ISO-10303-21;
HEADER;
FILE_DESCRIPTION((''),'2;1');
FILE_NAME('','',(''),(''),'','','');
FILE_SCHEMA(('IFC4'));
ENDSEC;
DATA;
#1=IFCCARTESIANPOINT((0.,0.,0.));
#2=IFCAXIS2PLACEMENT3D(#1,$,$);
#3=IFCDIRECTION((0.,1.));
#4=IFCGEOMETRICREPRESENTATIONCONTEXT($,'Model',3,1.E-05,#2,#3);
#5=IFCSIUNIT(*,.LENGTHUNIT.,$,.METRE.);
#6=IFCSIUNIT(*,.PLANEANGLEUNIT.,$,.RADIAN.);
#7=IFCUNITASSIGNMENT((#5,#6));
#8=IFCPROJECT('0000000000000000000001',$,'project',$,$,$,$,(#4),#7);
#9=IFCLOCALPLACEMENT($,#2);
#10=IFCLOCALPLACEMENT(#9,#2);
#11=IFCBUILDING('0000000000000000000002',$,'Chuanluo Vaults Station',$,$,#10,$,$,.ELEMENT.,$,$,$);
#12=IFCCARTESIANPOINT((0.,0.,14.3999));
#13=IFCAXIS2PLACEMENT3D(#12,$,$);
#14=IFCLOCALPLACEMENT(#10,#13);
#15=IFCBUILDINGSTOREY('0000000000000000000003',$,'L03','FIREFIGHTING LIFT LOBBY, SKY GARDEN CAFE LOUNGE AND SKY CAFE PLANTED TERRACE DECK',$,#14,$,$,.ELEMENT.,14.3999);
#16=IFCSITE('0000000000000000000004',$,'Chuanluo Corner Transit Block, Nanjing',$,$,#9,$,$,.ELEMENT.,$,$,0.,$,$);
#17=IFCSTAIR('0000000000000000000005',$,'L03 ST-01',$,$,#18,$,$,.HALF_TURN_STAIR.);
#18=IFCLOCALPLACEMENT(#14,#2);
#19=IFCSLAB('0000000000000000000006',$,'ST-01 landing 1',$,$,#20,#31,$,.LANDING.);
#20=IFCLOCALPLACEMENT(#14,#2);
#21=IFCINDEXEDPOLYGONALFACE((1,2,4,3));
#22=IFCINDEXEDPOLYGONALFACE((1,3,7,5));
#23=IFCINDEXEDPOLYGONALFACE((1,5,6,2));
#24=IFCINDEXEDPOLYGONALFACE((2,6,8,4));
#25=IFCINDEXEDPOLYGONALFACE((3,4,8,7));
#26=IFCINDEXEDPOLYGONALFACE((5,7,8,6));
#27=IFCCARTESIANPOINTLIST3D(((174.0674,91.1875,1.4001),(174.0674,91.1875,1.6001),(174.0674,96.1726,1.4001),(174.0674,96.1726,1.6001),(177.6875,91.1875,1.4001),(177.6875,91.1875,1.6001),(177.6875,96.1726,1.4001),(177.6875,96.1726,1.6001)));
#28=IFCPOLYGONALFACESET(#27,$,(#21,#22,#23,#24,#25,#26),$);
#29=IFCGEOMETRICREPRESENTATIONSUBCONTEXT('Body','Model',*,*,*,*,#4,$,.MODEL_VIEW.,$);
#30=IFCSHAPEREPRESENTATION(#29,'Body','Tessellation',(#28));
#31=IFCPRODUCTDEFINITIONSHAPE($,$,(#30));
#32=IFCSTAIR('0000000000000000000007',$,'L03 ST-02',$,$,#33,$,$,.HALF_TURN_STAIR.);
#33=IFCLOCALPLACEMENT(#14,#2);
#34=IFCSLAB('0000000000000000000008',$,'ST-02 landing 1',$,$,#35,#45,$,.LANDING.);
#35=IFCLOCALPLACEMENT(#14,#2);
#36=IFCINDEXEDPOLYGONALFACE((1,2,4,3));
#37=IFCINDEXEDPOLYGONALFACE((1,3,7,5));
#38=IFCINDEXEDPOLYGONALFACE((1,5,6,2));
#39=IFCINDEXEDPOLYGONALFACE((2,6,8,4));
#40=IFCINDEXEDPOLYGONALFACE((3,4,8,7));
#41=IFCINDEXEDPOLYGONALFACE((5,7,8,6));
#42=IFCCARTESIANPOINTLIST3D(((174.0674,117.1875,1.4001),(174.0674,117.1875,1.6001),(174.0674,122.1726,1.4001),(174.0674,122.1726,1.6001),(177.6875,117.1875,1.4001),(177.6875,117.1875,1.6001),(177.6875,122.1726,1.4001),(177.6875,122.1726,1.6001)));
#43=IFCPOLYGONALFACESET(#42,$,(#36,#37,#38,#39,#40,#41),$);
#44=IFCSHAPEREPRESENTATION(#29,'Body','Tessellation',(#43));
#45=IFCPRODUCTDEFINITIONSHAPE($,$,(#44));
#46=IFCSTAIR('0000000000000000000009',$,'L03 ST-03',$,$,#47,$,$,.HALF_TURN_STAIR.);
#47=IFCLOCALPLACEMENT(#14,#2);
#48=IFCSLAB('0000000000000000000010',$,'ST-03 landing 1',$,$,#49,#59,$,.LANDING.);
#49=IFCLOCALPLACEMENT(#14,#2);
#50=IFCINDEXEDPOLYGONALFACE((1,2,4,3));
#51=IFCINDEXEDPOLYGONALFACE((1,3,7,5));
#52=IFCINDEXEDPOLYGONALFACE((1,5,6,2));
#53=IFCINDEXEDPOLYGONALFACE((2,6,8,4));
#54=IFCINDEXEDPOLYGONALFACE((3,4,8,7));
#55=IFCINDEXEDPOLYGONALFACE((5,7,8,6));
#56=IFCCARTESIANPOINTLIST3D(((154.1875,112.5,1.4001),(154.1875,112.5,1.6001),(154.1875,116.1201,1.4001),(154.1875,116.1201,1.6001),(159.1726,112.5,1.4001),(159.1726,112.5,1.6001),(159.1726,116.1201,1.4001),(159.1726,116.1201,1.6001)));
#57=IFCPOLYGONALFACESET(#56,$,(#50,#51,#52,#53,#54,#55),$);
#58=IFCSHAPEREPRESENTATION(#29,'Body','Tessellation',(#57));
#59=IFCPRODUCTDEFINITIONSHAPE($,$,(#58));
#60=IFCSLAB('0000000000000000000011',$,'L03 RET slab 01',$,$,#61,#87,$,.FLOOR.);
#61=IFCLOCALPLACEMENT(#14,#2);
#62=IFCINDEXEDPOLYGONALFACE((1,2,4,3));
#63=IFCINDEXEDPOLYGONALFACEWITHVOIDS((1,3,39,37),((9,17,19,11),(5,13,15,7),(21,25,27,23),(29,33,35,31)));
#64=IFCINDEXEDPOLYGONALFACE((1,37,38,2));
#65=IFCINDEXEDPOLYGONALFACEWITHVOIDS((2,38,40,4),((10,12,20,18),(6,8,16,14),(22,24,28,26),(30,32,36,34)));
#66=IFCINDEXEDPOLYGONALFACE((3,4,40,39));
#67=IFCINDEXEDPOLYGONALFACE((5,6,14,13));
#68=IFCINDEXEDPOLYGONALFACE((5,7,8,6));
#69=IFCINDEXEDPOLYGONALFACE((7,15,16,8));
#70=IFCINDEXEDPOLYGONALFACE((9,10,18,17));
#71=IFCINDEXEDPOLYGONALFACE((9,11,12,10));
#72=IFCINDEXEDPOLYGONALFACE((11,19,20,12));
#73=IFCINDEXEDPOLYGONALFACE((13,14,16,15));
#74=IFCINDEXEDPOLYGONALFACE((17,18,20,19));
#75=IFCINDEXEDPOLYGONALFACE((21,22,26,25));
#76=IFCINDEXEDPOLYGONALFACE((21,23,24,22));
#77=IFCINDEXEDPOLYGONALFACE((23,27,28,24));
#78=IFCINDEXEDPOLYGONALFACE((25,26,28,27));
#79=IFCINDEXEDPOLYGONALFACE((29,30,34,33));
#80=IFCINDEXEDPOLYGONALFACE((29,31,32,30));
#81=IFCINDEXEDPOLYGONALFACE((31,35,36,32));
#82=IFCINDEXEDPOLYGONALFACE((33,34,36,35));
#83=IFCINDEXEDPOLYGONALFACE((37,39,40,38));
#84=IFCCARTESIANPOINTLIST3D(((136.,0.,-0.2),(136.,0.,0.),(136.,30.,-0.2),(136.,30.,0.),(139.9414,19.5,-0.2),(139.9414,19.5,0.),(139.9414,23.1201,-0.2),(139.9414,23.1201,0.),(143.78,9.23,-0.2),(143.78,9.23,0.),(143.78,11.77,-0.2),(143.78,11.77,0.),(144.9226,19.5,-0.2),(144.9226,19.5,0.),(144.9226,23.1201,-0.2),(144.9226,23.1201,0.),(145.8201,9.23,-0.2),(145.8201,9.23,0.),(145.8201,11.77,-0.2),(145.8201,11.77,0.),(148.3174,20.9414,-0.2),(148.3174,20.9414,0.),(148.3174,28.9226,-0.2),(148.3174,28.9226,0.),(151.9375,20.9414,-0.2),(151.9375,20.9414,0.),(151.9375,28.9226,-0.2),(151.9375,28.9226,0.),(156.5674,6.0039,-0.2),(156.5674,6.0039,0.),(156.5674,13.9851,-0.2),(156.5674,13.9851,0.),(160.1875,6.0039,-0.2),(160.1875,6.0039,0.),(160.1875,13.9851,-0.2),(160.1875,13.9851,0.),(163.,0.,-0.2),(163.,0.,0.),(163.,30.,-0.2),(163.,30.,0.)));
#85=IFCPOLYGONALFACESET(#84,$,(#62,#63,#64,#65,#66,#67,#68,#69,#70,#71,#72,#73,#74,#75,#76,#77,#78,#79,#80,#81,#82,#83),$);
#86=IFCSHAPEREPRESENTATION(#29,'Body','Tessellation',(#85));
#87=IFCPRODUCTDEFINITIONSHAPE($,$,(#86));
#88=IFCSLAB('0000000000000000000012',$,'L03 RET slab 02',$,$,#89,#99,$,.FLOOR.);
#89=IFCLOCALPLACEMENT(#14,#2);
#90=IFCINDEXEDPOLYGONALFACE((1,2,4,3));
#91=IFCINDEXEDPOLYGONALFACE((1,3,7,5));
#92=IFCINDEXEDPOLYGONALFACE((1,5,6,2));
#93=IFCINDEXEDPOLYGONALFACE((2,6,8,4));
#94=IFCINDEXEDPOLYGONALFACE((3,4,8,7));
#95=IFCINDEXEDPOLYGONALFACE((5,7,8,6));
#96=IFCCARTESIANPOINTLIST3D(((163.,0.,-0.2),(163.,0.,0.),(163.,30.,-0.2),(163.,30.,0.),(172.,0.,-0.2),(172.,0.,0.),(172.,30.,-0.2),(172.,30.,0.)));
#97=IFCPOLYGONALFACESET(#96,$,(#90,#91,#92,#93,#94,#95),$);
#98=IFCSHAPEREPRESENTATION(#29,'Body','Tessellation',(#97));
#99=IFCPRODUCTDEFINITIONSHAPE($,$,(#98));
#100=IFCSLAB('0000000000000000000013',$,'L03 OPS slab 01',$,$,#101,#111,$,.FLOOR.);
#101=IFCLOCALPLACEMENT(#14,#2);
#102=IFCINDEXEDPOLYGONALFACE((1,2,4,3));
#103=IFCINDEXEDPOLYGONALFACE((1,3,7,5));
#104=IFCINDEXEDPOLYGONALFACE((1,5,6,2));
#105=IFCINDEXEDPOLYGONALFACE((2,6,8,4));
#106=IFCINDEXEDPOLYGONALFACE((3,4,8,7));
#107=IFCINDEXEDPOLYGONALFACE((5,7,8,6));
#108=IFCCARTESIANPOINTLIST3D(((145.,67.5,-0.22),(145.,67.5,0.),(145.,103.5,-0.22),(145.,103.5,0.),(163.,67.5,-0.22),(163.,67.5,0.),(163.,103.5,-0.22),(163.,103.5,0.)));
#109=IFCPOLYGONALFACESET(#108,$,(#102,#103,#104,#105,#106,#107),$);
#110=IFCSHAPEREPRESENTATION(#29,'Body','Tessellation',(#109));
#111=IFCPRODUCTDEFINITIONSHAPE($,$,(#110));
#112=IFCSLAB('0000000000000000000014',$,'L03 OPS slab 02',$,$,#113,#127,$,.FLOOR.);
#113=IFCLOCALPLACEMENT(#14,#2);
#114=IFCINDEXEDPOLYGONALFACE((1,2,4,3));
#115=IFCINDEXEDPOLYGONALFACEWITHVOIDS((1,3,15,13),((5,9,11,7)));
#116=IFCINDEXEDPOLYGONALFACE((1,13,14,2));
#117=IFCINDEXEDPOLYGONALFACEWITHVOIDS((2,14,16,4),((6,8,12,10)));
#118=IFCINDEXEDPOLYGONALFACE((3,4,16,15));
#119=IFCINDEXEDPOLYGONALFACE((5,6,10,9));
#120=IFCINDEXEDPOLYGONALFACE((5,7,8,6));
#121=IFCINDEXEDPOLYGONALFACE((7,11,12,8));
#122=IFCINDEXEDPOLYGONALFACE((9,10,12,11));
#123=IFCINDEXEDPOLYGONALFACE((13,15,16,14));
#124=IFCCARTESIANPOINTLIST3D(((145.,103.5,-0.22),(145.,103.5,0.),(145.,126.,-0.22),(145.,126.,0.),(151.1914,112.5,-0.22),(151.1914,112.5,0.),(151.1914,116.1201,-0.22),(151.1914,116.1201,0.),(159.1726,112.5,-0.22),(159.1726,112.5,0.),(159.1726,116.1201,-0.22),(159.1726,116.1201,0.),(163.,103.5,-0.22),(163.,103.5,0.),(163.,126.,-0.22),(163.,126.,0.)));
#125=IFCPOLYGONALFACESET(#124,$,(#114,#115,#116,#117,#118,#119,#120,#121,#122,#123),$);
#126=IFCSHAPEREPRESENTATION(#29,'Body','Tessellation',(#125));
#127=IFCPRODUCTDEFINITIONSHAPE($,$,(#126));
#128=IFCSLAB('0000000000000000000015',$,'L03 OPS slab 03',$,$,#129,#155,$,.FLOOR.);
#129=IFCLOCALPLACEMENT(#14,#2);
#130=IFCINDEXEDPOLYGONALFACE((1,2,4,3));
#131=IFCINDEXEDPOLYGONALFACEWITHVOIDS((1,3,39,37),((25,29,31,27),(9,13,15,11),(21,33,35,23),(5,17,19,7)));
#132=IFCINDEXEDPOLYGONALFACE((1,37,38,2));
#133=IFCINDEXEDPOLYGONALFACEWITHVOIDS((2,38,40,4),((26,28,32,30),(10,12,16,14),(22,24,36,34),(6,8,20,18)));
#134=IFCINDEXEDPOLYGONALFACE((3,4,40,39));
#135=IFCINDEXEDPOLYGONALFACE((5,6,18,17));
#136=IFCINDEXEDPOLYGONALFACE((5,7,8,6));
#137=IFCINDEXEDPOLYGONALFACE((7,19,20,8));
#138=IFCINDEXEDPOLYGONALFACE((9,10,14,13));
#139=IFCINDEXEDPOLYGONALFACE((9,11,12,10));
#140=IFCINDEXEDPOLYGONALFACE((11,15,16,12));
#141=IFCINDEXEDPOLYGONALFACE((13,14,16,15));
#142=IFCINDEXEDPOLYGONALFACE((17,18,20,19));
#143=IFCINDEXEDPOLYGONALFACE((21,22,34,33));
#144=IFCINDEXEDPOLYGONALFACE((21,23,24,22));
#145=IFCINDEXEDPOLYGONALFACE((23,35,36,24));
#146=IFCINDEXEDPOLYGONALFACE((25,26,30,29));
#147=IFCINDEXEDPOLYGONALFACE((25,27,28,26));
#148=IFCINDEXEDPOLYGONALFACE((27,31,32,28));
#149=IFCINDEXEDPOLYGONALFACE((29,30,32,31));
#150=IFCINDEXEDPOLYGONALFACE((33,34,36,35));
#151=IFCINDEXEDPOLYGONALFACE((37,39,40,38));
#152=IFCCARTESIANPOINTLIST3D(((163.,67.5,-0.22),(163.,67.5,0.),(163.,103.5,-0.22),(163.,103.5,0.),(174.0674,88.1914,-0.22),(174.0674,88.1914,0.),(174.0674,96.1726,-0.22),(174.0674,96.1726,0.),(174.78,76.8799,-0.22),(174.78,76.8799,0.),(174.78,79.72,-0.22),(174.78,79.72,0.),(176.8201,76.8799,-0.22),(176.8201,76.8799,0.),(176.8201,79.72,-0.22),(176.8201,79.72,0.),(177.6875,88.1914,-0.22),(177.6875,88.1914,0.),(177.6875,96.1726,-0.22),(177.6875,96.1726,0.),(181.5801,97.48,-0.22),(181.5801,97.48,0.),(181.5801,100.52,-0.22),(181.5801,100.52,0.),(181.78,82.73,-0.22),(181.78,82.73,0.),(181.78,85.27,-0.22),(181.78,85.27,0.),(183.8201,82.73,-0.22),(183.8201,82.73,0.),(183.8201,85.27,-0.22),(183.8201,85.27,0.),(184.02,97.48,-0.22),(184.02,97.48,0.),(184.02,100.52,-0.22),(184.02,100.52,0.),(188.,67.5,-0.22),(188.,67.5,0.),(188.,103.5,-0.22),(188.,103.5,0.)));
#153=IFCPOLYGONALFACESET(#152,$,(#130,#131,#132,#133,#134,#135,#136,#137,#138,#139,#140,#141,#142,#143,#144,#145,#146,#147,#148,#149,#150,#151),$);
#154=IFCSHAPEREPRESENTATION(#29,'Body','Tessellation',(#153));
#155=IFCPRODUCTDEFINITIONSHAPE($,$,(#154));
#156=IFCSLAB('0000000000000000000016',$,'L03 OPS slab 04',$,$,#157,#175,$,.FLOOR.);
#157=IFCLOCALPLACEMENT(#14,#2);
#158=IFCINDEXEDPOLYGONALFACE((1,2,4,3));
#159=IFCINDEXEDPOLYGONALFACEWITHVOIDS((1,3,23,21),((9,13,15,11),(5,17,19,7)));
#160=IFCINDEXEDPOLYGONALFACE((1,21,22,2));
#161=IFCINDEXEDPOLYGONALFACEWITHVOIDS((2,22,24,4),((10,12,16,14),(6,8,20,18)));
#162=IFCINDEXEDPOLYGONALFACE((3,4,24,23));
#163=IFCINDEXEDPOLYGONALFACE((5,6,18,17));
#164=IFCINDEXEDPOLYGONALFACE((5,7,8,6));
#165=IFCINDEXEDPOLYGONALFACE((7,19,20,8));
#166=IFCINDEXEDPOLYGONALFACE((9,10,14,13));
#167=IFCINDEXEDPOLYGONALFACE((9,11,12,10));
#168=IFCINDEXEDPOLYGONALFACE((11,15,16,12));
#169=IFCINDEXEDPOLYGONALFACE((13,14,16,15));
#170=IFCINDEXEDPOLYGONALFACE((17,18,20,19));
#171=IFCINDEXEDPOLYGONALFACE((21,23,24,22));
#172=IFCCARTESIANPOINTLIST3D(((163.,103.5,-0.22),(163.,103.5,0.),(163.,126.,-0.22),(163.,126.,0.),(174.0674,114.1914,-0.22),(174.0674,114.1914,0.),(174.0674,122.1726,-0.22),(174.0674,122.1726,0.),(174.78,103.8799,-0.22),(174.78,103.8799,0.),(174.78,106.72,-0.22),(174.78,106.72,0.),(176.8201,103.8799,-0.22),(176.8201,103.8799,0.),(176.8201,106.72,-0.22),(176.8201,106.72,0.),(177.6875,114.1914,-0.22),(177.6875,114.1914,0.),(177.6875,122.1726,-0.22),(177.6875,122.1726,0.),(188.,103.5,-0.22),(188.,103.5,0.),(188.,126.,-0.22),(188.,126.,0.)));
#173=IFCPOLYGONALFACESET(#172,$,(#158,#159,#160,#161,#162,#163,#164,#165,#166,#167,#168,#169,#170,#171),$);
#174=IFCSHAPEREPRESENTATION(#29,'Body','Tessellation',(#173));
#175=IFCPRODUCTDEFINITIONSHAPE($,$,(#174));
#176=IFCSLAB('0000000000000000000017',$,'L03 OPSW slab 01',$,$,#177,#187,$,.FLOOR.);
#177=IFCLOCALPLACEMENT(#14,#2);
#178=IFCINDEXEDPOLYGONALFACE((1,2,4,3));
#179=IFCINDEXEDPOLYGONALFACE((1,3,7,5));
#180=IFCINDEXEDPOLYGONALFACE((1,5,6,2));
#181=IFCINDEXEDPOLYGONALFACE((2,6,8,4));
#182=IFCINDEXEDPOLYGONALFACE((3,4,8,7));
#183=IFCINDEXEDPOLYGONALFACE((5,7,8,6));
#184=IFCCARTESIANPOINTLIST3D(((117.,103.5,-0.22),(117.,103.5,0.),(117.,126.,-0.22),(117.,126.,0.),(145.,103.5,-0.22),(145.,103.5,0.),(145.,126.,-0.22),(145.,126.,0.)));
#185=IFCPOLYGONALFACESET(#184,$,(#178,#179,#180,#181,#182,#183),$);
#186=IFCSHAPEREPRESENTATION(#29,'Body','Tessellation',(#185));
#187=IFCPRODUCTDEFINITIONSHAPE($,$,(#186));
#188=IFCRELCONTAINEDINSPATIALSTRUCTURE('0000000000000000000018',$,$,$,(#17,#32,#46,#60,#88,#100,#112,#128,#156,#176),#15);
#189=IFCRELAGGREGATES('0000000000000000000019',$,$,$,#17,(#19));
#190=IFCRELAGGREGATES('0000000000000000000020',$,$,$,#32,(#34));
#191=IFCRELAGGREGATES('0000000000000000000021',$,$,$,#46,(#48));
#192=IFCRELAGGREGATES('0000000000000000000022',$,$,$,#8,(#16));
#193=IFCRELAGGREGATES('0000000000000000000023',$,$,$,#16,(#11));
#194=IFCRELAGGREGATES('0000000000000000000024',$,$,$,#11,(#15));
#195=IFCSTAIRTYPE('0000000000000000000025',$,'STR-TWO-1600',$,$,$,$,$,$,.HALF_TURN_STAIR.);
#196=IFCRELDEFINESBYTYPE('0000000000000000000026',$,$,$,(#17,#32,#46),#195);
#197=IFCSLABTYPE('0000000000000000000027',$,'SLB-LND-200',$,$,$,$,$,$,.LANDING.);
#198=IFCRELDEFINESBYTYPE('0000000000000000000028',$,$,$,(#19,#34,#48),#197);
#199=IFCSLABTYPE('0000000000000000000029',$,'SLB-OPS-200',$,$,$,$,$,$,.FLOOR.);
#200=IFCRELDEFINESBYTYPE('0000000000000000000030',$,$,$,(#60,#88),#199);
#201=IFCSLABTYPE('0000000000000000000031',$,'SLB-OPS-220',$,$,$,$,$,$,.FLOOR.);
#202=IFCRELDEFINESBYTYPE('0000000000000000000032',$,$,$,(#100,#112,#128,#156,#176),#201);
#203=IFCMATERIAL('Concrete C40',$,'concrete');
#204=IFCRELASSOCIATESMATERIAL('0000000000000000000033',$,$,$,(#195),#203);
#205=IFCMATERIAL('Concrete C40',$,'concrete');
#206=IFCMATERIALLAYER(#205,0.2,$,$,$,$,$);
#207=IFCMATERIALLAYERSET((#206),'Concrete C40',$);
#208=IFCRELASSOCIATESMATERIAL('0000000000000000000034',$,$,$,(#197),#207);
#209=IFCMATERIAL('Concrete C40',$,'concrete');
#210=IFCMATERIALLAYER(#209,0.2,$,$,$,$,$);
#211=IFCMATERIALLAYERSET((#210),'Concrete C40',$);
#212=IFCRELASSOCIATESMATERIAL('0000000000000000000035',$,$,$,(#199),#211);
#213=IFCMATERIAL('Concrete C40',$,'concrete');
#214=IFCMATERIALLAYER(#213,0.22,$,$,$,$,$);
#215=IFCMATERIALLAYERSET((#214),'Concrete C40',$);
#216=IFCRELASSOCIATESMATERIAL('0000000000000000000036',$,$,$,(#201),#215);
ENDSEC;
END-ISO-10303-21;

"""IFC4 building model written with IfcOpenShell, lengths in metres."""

from ifc_helpers import new_model, si_unit, direction, frame, origin, place, context, subcontext, project, spatial, polyline, outline, extrude, material, layer, layer_set, type_object, element, aggregate, save


model = new_model("IFC4")

# Units and contexts
model_context = context("Model", 3, precision=1e-05, world=origin(), true_north=direction((0.0, 1.0)))
body_context = subcontext(model_context, "Body", "Model", "MODEL_VIEW")
ifc_project = project(units=[si_unit("LENGTHUNIT", "METRE"), si_unit("PLANEANGLEUNIT", "RADIAN")], contexts=[model_context])

# Site, building, storey
site_placement = place(None, origin())
site = spatial("IfcSite", under=ifc_project, at=site_placement, Name="Chuanluo Corner Transit Block, Nanjing", CompositionType="ELEMENT", RefElevation=0.0)
building_placement = place(site_placement, origin())
building = spatial("IfcBuilding", under=site, at=building_placement, Name="Chuanluo Vaults Station", CompositionType="ELEMENT")
storey_placement = place(building_placement, frame((0.0, 0.0, 14.3999)))
storey = spatial("IfcBuildingStorey", under=building, at=storey_placement, Name="L03", Description="FIREFIGHTING LIFT LOBBY, SKY GARDEN CAFE LOUNGE AND SKY CAFE PLANTED TERRACE DECK", CompositionType="ELEMENT", Elevation=14.3999)

# Stairs, slabs
ifc_material_1 = material(Name="Concrete C40", Category="concrete")
stair_type = type_object("IfcStairType", Name="STR-TWO-1600", PredefinedType="HALF_TURN_STAIR", material=ifc_material_1)
stair_1_placement = place(storey_placement, origin())
stair_1 = element("IfcStair", 1, at=stair_1_placement, inside=storey, type_object=stair_type, Name="L03 ST-01", PredefinedType="HALF_TURN_STAIR")
ifc_material_2 = material(Name="Concrete C40", Category="concrete")
ifc_layer_1 = layer(ifc_material_2, 0.2)
ifc_layer_set_1 = layer_set([ifc_layer_1], Name="Concrete C40")
slab_type_1 = type_object("IfcSlabType", Name="SLB-LND-200", PredefinedType="LANDING", material=ifc_layer_set_1)
slab_1_placement = place(storey_placement, frame((0.0, 0.0, 1.4001)))
slab_1 = element("IfcSlab", 2, at=slab_1_placement, type_object=slab_type_1, Name="ST-01 landing 1", PredefinedType="LANDING", context=body_context, shape_type="SweptSolid", body=[
    extrude(outline(polyline([(177.6875, 91.1875), (177.6875, 96.1726), (174.0674, 96.1726), (174.0674, 91.1875), (177.6875, 91.1875)])), origin(), (0.0, 0.0, 1.0), 0.2),
])
aggregate(stair_1, [slab_1])
stair_2_placement = place(storey_placement, origin())
stair_2 = element("IfcStair", 3, at=stair_2_placement, inside=storey, type_object=stair_type, Name="L03 ST-02", PredefinedType="HALF_TURN_STAIR")
slab_2_placement = place(storey_placement, frame((0.0, 0.0, 1.4001)))
slab_2 = element("IfcSlab", 4, at=slab_2_placement, type_object=slab_type_1, Name="ST-02 landing 1", PredefinedType="LANDING", context=body_context, shape_type="SweptSolid", body=[
    extrude(outline(polyline([(177.6875, 117.1875), (177.6875, 122.1726), (174.0674, 122.1726), (174.0674, 117.1875), (177.6875, 117.1875)])), origin(), (0.0, 0.0, 1.0), 0.2),
])
aggregate(stair_2, [slab_2])
stair_3_placement = place(storey_placement, origin())
stair_3 = element("IfcStair", 5, at=stair_3_placement, inside=storey, type_object=stair_type, Name="L03 ST-03", PredefinedType="HALF_TURN_STAIR")
slab_3_placement = place(storey_placement, frame((0.0, 0.0, 1.4001)))
slab_3 = element("IfcSlab", 6, at=slab_3_placement, type_object=slab_type_1, Name="ST-03 landing 1", PredefinedType="LANDING", context=body_context, shape_type="SweptSolid", body=[
    extrude(outline(polyline([(154.1875, 112.5), (159.1726, 112.5), (159.1726, 116.1201), (154.1875, 116.1201), (154.1875, 112.5)])), origin(), (0.0, 0.0, 1.0), 0.2),
])
aggregate(stair_3, [slab_3])

# Slabs
ifc_material_3 = material(Name="Concrete C40", Category="concrete")
ifc_layer_2 = layer(ifc_material_3, 0.2)
ifc_layer_set_2 = layer_set([ifc_layer_2], Name="Concrete C40")
slab_type_2 = type_object("IfcSlabType", Name="SLB-OPS-200", PredefinedType="FLOOR", material=ifc_layer_set_2)
slab_4_placement = place(storey_placement, frame((0.0, 0.0, -0.2)))
element("IfcSlab", 7, at=slab_4_placement, inside=storey, type_object=slab_type_2, Name="L03 RET slab 01", PredefinedType="FLOOR", context=body_context, shape_type="SweptSolid", body=[
    extrude(outline(polyline([(136.0, 0.0), (163.0, 0.0), (163.0, 30.0), (136.0, 30.0), (136.0, 0.0)]), holes=[polyline([(151.9375, 20.9414), (151.9375, 28.9226), (148.3174, 28.9226), (148.3174, 20.9414), (151.9375, 20.9414)]), polyline([(160.1875, 6.0039), (160.1875, 13.9851), (156.5674, 13.9851), (156.5674, 6.0039), (160.1875, 6.0039)]), polyline([(139.9414, 19.5), (144.9226, 19.5), (144.9226, 23.1201), (139.9414, 23.1201), (139.9414, 19.5)]), polyline([(143.78, 9.23), (145.8201, 9.23), (145.8201, 11.77), (143.78, 11.77), (143.78, 9.23)])]), origin(), (0.0, 0.0, 1.0), 0.2),
])
slab_5_placement = place(storey_placement, frame((0.0, 0.0, -0.2)))
element("IfcSlab", 8, at=slab_5_placement, inside=storey, type_object=slab_type_2, Name="L03 RET slab 02", PredefinedType="FLOOR", context=body_context, shape_type="SweptSolid", body=[
    extrude(outline(polyline([(163.0, 0.0), (172.0, 0.0), (172.0, 30.0), (163.0, 30.0), (163.0, 0.0)])), origin(), (0.0, 0.0, 1.0), 0.2),
])
ifc_material_4 = material(Name="Concrete C40", Category="concrete")
ifc_layer_3 = layer(ifc_material_4, 0.22)
ifc_layer_set_3 = layer_set([ifc_layer_3], Name="Concrete C40")
slab_type_3 = type_object("IfcSlabType", Name="SLB-OPS-220", PredefinedType="FLOOR", material=ifc_layer_set_3)
slab_6_placement = place(storey_placement, frame((0.0, 0.0, -0.22)))
element("IfcSlab", 9, at=slab_6_placement, inside=storey, type_object=slab_type_3, Name="L03 OPS slab 01", PredefinedType="FLOOR", context=body_context, shape_type="SweptSolid", body=[
    extrude(outline(polyline([(145.0, 67.5), (163.0, 67.5), (163.0, 103.5), (145.0, 103.5), (145.0, 67.5)])), origin(), (0.0, 0.0, 1.0), 0.22),
])
slab_7_placement = place(storey_placement, frame((0.0, 0.0, -0.22)))
element("IfcSlab", 10, at=slab_7_placement, inside=storey, type_object=slab_type_3, Name="L03 OPS slab 02", PredefinedType="FLOOR", context=body_context, shape_type="SweptSolid", body=[
    extrude(outline(polyline([(145.0, 103.5), (163.0, 103.5), (163.0, 126.0), (145.0, 126.0), (145.0, 103.5)]), holes=[polyline([(151.1914, 112.5), (159.1726, 112.5), (159.1726, 116.1201), (151.1914, 116.1201), (151.1914, 112.5)])]), origin(), (0.0, 0.0, 1.0), 0.22),
])
slab_8_placement = place(storey_placement, frame((0.0, 0.0, -0.22)))
element("IfcSlab", 11, at=slab_8_placement, inside=storey, type_object=slab_type_3, Name="L03 OPS slab 03", PredefinedType="FLOOR", context=body_context, shape_type="SweptSolid", body=[
    extrude(outline(polyline([(163.0, 67.5), (188.0, 67.5), (188.0, 103.5), (163.0, 103.5), (163.0, 67.5)]), holes=[polyline([(177.6875, 88.1914), (177.6875, 96.1726), (174.0674, 96.1726), (174.0674, 88.1914), (177.6875, 88.1914)]), polyline([(174.78, 76.8799), (176.8201, 76.8799), (176.8201, 79.72), (174.78, 79.72), (174.78, 76.8799)]), polyline([(181.78, 82.73), (183.8201, 82.73), (183.8201, 85.27), (181.78, 85.27), (181.78, 82.73)]), polyline([(181.5801, 97.48), (184.02, 97.48), (184.02, 100.52), (181.5801, 100.52), (181.5801, 97.48)])]), origin(), (0.0, 0.0, 1.0), 0.22),
])
slab_9_placement = place(storey_placement, frame((0.0, 0.0, -0.22)))
element("IfcSlab", 12, at=slab_9_placement, inside=storey, type_object=slab_type_3, Name="L03 OPS slab 04", PredefinedType="FLOOR", context=body_context, shape_type="SweptSolid", body=[
    extrude(outline(polyline([(163.0, 103.5), (188.0, 103.5), (188.0, 126.0), (163.0, 126.0), (163.0, 103.5)]), holes=[polyline([(177.6875, 114.1914), (177.6875, 122.1726), (174.0674, 122.1726), (174.0674, 114.1914), (177.6875, 114.1914)]), polyline([(174.78, 103.8799), (176.8201, 103.8799), (176.8201, 106.72), (174.78, 106.72), (174.78, 103.8799)])]), origin(), (0.0, 0.0, 1.0), 0.22),
])
slab_10_placement = place(storey_placement, frame((0.0, 0.0, -0.22)))
element("IfcSlab", 13, at=slab_10_placement, inside=storey, type_object=slab_type_3, Name="L03 OPSW slab 01", PredefinedType="FLOOR", context=body_context, shape_type="SweptSolid", body=[
    extrude(outline(polyline([(117.0, 103.5), (145.0, 103.5), (145.0, 126.0), (117.0, 126.0), (117.0, 103.5)])), origin(), (0.0, 0.0, 1.0), 0.22),
])

save(model, "model.ifc")
